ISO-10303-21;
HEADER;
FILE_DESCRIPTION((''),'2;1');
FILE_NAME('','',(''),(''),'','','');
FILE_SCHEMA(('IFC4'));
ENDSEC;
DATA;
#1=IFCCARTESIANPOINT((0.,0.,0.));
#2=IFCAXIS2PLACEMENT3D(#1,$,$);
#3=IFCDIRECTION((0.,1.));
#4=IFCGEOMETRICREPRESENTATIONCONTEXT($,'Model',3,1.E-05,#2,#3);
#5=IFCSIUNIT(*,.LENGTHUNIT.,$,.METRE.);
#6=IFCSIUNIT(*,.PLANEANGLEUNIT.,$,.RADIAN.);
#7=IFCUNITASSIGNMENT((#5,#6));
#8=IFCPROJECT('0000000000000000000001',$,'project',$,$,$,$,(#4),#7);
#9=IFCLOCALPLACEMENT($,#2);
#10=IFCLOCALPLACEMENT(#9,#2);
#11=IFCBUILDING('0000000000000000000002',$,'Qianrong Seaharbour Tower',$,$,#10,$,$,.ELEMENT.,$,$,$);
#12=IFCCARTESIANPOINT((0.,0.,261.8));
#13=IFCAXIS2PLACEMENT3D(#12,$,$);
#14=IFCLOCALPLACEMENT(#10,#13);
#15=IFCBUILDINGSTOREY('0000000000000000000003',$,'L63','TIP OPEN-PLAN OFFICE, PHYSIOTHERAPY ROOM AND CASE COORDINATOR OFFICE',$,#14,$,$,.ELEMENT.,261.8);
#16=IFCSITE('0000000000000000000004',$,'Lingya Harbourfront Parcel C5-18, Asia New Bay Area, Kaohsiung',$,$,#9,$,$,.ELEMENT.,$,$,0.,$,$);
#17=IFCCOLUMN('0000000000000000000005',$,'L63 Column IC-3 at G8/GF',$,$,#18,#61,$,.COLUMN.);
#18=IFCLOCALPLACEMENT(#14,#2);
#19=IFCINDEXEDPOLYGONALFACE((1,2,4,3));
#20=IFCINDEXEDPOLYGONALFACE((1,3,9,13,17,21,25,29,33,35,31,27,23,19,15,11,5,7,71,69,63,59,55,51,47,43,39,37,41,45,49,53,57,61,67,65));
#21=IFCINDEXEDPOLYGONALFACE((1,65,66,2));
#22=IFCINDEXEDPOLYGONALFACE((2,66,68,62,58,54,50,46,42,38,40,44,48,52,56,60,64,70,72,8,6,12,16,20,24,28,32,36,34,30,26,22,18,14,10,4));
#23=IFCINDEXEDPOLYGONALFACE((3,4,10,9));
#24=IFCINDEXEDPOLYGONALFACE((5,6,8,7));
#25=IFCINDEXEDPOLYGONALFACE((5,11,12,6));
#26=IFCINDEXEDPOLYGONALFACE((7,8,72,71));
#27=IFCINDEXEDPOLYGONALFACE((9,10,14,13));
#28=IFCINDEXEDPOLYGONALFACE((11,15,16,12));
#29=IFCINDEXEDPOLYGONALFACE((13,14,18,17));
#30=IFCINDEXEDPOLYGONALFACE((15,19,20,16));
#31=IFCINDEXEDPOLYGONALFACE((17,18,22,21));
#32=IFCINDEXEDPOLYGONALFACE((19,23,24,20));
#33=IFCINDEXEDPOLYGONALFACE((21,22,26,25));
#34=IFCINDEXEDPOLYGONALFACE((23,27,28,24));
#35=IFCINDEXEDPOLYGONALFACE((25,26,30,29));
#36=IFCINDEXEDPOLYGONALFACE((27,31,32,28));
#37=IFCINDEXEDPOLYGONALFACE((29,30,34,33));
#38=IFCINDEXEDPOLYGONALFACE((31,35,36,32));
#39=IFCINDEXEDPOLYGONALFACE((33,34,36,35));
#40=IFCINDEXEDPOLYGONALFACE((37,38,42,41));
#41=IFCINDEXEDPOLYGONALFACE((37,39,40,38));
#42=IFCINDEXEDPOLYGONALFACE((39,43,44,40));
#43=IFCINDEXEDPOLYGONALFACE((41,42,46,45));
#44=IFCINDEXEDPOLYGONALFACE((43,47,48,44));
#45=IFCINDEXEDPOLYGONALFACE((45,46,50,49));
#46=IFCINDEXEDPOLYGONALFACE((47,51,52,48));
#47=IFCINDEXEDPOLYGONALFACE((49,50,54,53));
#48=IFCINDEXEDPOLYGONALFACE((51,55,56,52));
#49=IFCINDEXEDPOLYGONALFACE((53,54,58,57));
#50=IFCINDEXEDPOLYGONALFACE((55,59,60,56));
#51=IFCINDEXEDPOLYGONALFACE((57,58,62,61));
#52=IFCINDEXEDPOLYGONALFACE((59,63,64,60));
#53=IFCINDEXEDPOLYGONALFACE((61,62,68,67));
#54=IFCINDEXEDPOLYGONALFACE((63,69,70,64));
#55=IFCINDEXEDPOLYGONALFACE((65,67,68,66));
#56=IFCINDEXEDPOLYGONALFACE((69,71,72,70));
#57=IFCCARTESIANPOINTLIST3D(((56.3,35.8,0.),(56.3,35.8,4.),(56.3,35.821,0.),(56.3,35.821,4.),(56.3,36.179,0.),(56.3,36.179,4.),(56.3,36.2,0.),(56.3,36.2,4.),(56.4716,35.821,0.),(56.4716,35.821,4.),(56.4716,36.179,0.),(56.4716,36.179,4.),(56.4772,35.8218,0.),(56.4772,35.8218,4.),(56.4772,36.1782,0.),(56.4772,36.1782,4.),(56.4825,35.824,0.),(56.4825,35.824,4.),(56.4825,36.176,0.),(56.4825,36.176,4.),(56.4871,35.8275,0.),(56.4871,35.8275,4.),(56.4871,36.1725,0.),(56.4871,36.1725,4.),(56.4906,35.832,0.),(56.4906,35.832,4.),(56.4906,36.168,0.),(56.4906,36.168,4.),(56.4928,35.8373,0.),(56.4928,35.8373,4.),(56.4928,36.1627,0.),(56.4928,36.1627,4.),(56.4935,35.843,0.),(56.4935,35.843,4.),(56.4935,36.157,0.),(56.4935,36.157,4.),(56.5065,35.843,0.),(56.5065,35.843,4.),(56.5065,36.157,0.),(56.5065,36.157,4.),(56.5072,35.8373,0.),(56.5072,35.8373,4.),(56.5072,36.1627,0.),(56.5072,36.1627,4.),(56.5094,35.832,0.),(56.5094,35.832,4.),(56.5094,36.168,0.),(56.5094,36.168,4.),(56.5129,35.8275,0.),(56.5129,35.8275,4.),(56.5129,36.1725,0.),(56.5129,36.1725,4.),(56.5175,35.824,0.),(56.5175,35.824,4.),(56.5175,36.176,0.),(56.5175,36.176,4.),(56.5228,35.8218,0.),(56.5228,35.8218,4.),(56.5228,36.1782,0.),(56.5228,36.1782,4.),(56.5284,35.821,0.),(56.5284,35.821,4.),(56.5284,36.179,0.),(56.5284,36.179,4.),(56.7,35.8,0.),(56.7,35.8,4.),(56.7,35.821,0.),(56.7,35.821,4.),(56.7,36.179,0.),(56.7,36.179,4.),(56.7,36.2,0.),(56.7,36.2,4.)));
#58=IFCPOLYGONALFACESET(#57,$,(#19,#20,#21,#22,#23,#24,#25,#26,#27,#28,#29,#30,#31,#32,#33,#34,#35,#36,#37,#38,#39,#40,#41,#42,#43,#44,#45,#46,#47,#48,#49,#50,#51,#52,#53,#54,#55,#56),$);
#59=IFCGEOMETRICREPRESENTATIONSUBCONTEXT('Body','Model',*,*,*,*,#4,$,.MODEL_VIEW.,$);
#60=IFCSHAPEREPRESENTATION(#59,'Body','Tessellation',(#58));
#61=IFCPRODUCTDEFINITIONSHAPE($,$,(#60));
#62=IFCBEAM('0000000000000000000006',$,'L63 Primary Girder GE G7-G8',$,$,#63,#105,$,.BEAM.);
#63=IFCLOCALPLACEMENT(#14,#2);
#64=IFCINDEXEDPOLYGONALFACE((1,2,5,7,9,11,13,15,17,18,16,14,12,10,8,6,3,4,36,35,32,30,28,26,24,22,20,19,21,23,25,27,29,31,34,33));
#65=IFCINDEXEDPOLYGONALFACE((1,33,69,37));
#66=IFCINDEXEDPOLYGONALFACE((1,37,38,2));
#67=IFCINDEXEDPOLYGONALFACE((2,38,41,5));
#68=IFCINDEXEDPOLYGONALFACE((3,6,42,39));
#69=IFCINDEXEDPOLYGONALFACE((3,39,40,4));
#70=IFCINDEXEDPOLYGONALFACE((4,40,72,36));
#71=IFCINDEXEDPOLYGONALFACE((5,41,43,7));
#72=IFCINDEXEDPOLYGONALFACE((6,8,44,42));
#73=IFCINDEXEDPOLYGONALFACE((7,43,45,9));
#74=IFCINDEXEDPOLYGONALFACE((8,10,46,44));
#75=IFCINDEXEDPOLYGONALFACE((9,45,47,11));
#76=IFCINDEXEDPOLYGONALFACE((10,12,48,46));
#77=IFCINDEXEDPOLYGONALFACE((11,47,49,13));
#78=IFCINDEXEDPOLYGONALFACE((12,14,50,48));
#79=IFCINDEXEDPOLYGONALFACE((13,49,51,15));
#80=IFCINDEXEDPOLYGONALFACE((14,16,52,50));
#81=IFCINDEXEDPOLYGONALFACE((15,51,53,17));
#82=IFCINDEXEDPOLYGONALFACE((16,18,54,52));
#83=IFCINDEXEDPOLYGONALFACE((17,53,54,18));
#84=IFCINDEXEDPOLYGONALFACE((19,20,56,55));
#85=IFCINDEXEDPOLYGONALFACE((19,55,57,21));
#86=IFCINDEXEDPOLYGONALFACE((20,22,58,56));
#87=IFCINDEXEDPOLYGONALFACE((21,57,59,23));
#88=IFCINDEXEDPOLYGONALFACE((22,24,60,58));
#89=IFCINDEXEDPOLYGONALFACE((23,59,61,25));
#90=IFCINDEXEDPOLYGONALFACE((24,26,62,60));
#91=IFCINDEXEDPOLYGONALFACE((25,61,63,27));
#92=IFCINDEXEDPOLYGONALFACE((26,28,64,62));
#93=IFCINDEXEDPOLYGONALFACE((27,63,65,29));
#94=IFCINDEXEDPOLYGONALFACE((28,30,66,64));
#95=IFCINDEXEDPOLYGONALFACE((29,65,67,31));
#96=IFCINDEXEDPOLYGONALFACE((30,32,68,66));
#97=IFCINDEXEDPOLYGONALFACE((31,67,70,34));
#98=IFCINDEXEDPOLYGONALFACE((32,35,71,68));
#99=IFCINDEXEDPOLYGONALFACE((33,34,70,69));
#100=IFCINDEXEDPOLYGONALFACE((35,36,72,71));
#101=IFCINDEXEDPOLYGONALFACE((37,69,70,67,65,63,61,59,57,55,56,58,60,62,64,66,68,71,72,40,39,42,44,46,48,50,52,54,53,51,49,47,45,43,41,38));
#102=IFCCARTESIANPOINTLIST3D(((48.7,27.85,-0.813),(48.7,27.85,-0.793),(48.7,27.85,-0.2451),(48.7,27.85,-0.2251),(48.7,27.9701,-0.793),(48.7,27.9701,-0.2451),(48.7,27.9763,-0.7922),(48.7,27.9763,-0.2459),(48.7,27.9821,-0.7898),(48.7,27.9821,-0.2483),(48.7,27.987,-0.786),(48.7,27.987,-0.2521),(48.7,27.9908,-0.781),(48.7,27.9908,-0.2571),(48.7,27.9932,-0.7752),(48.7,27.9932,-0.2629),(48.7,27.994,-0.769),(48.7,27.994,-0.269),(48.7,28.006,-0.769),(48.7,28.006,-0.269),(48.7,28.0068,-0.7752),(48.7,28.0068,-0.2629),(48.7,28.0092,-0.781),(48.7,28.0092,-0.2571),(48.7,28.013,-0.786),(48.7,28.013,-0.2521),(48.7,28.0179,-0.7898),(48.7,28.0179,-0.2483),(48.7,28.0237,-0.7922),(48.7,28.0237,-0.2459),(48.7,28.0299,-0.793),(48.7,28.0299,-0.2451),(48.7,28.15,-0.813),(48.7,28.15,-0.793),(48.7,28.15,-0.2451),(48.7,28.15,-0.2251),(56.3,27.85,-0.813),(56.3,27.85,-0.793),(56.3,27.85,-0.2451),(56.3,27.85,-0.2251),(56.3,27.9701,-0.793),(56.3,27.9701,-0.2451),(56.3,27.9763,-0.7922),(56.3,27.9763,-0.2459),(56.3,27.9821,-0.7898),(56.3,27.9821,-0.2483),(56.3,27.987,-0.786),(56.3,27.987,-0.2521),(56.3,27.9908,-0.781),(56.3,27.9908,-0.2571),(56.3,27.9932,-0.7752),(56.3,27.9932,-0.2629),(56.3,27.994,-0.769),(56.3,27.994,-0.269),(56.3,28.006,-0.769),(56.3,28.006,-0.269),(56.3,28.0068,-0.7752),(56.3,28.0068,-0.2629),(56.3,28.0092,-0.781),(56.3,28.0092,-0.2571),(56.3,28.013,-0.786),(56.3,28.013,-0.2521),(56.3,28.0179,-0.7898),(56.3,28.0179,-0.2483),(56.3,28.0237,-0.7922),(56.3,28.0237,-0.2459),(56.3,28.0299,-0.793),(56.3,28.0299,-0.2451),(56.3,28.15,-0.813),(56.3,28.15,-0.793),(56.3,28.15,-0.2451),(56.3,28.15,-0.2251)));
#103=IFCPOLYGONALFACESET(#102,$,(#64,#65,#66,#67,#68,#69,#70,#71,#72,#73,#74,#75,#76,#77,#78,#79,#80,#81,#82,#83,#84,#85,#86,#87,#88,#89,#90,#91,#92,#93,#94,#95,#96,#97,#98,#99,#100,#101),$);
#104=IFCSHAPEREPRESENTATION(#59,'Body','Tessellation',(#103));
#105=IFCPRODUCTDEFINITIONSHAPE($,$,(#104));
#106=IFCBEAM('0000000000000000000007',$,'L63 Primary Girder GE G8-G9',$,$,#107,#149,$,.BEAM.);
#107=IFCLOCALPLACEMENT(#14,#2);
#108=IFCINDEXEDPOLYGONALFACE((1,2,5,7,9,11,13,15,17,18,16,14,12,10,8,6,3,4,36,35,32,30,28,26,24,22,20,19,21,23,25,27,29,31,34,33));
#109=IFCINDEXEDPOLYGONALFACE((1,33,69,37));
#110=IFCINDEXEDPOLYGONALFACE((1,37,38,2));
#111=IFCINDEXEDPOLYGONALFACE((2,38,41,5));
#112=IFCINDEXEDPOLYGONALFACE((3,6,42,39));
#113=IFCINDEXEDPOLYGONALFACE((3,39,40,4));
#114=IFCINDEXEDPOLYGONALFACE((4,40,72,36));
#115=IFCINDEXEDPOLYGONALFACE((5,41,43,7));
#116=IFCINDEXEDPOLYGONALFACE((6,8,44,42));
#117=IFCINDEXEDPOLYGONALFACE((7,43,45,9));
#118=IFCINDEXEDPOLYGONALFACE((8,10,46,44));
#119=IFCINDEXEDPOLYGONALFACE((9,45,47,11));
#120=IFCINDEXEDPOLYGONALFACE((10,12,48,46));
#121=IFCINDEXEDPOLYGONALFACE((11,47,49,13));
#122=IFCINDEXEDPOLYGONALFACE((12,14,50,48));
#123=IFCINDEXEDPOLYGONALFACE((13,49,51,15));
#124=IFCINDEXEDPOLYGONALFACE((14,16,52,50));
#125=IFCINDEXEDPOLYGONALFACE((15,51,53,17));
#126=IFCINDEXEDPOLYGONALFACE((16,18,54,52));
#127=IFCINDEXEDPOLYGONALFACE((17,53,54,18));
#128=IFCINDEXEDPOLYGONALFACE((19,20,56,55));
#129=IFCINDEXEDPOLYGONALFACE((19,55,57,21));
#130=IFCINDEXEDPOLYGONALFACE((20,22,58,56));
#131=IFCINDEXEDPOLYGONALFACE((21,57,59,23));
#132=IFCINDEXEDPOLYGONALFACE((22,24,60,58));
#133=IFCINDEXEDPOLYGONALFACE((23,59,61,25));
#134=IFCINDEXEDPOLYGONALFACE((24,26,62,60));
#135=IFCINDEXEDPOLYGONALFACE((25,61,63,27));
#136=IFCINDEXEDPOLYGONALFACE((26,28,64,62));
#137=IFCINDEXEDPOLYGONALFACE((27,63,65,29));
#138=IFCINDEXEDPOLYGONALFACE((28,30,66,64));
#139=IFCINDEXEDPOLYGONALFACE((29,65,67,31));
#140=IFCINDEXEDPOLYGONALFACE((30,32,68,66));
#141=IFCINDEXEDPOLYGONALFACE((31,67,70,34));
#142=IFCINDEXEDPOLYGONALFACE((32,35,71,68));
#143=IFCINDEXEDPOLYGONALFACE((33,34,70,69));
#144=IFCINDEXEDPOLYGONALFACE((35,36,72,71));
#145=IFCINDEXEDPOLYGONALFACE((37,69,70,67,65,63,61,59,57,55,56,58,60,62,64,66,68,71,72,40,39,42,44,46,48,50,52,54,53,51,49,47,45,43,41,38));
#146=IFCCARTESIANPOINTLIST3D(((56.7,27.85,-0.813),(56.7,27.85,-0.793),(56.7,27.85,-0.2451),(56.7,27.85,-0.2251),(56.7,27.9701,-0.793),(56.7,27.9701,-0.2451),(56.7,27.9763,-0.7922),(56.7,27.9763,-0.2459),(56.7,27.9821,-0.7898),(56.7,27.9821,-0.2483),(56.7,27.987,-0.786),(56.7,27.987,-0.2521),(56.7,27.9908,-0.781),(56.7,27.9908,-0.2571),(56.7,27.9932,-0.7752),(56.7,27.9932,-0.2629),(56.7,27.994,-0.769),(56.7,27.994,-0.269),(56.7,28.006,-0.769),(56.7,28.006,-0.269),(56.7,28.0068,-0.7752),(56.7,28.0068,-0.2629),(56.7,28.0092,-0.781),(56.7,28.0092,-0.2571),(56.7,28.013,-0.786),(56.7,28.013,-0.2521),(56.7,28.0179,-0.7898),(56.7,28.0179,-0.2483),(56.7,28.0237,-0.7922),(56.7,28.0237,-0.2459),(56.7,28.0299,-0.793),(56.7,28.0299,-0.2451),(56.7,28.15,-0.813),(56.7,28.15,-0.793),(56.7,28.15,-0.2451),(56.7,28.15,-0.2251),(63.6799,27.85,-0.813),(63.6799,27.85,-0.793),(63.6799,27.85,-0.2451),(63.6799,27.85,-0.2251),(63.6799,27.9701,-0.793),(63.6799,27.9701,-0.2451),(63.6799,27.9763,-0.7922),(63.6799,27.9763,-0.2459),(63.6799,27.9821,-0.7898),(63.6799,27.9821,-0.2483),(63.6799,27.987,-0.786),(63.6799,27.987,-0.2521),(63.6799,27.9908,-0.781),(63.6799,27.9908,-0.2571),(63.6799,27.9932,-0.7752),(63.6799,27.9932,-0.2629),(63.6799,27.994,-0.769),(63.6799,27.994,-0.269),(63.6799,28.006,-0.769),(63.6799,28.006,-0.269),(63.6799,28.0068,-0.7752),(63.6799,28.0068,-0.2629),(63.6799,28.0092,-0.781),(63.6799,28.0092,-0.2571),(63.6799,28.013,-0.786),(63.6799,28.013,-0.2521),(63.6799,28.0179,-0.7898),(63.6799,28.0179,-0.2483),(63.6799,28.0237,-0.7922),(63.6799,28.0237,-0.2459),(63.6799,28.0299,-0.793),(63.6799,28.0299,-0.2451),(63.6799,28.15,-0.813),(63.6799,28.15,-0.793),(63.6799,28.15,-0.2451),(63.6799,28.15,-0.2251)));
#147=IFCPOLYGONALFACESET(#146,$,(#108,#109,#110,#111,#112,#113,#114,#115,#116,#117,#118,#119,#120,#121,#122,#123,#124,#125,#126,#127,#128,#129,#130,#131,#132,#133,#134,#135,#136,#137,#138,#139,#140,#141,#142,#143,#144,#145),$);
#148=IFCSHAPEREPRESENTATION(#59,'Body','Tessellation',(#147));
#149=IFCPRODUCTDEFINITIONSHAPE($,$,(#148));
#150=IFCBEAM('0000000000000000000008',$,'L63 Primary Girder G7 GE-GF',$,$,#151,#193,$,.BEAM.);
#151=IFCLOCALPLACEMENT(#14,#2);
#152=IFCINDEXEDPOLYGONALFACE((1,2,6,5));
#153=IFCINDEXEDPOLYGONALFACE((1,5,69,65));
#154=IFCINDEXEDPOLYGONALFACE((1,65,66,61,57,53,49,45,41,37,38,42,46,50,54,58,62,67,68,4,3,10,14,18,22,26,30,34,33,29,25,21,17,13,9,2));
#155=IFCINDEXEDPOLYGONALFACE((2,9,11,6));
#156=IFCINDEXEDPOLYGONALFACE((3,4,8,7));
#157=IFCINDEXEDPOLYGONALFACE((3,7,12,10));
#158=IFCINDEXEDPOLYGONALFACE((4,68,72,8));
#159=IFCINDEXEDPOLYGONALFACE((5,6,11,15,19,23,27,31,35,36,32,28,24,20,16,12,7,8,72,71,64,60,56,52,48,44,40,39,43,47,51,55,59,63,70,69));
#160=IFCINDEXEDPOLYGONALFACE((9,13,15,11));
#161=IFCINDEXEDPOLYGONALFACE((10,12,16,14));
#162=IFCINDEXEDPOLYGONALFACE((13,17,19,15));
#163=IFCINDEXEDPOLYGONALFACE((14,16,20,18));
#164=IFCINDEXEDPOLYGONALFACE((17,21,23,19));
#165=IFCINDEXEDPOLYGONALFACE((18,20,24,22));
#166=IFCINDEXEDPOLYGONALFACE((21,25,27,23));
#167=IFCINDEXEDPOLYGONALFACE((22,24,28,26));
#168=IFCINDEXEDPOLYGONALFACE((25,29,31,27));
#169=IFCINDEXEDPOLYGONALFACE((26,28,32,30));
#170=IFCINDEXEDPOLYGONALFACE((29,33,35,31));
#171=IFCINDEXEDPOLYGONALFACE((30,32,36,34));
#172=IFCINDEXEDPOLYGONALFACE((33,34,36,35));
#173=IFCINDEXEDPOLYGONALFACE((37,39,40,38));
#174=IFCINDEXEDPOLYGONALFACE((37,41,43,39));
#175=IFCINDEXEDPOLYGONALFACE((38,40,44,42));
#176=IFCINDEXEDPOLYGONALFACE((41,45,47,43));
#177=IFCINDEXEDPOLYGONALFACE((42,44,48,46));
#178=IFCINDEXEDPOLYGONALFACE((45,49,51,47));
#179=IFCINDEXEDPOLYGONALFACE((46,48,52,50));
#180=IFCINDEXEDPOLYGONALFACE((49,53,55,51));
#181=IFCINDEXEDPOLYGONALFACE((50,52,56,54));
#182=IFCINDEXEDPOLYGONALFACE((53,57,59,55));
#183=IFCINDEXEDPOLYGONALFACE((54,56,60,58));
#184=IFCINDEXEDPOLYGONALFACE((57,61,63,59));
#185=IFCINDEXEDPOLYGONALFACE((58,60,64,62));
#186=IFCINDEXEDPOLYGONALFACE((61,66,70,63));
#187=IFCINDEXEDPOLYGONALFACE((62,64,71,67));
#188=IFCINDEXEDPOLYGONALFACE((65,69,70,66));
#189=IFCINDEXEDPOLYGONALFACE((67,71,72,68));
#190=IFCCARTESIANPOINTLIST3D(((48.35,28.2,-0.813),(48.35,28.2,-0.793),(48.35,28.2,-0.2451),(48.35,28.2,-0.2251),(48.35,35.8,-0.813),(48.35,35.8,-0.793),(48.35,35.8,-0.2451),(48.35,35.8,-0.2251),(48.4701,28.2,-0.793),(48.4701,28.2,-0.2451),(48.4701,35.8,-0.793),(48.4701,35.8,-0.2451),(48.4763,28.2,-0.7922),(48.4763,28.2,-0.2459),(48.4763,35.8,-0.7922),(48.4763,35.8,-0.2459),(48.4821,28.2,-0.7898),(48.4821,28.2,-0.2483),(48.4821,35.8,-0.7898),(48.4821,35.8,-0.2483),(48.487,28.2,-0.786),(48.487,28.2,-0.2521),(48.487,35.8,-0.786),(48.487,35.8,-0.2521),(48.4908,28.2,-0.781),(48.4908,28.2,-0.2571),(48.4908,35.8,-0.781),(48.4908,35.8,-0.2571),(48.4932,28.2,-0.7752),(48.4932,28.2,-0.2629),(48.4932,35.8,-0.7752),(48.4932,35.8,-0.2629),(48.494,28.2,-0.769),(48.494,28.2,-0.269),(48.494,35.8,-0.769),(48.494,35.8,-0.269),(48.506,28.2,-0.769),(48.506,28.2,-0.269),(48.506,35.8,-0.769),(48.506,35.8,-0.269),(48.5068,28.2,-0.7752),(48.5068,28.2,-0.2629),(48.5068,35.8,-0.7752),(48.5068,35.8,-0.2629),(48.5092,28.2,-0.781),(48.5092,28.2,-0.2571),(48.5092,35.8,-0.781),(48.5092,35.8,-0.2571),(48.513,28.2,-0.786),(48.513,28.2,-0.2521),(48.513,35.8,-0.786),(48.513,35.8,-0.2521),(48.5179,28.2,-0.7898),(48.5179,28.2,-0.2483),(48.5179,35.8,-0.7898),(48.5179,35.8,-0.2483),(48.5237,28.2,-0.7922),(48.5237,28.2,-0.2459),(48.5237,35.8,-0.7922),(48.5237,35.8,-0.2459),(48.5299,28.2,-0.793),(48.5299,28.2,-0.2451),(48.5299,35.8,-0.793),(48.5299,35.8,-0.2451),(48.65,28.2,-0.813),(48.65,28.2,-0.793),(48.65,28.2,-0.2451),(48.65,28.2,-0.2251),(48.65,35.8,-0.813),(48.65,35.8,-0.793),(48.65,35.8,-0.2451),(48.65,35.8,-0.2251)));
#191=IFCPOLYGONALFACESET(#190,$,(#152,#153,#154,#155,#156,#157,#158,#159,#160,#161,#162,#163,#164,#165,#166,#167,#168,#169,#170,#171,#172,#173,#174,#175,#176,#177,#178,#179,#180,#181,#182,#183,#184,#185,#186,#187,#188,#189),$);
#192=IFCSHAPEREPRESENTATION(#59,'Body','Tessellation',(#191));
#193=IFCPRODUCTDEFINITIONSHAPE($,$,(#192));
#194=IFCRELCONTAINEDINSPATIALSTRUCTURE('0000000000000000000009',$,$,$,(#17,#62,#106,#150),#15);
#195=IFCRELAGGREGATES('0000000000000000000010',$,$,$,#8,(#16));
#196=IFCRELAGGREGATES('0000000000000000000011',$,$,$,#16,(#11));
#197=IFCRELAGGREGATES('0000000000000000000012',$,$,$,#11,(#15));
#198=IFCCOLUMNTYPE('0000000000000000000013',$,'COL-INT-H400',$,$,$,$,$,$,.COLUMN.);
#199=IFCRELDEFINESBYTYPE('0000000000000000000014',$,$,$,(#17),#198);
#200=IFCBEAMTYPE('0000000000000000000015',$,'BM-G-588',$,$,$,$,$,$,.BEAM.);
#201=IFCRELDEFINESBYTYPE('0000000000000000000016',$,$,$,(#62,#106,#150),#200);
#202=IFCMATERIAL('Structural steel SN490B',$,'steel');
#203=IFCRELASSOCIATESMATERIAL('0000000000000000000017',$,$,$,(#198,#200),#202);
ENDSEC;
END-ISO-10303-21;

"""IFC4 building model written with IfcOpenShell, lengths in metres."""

from ifc_helpers import new_model, si_unit, direction, frame, origin, origin_2d, place, context, subcontext, project, spatial, i_section, extrude, material, material_profile, profile_set, type_object, element, save


model = new_model("IFC4")

# Units and contexts
model_context = context("Model", 3, precision=1e-05, world=origin(), true_north=direction((0.0, 1.0)))
body_context = subcontext(model_context, "Body", "Model", "MODEL_VIEW")
ifc_project = project(units=[si_unit("LENGTHUNIT", "METRE"), si_unit("PLANEANGLEUNIT", "RADIAN")], contexts=[model_context])

# Site, building, storey
site_placement = place(None, origin())
site = spatial("IfcSite", under=ifc_project, at=site_placement, Name="Lingya Harbourfront Parcel C5-18, Asia New Bay Area, Kaohsiung", CompositionType="ELEMENT", RefElevation=0.0)
building_placement = place(site_placement, origin())
building = spatial("IfcBuilding", under=site, at=building_placement, Name="Qianrong Seaharbour Tower", CompositionType="ELEMENT")
storey_placement = place(building_placement, frame((0.0, 0.0, 261.8)))
storey = spatial("IfcBuildingStorey", under=building, at=storey_placement, Name="L63", Description="TIP OPEN-PLAN OFFICE, PHYSIOTHERAPY ROOM AND CASE COORDINATOR OFFICE", CompositionType="ELEMENT", Elevation=261.8)

# Column
ifc_material_1 = material(Name="Structural steel SN490B", Category="steel")
ifc_material_profile_1 = material_profile(ifc_material_1, i_section(OverallWidth=0.3999, OverallDepth=0.3999, WebThickness=0.0129, FlangeThickness=0.021, FilletRadius=0.022, at=origin_2d()), Name="H400x400x13x21")
ifc_profile_set_1 = profile_set([ifc_material_profile_1], Name="Structural steel SN490B")
column_type_1 = type_object("IfcColumnType", Name="COL-INT-H400", PredefinedType="COLUMN", material=ifc_profile_set_1)
for number, where, z_axis, x_axis, name in (
    (1, (56.5, 36.0, 0.0), (0.0, 0.0, 1.0), (1.0, 0.0, 0.0), "L63 Column IC-3 at G8/GF"),
):
    element("IfcColumn", number, at=place(storey_placement, frame(where, z_axis=z_axis, x_axis=x_axis)), inside=storey, type_object=column_type_1, Name=name, PredefinedType="COLUMN", context=body_context, shape_type="SweptSolid", body=[
        extrude(i_section(OverallWidth=0.3999, OverallDepth=0.3999, WebThickness=0.0129, FlangeThickness=0.021, FilletRadius=0.022, at=origin_2d()), origin(), (0.0, 0.0, 1.0), 4.0),
    ])

# Beams
ifc_material_profile_2 = material_profile(ifc_material_1, i_section(OverallWidth=0.3, OverallDepth=0.5879, WebThickness=0.012, FlangeThickness=0.02, FilletRadius=0.0239, at=origin_2d()), Name="H588x300x12x20")
ifc_profile_set_2 = profile_set([ifc_material_profile_2], Name="Structural steel SN490B")
beam_type_1 = type_object("IfcBeamType", Name="BM-G-588", PredefinedType="BEAM", material=ifc_profile_set_2)
beam_1_placement = place(storey_placement, frame((48.7, 28.0, -0.519), z_axis=(1.0, 0.0, 0.0), x_axis=(0.0, 1.0, 0.0)))
element("IfcBeam", 2, at=beam_1_placement, inside=storey, type_object=beam_type_1, Name="L63 Primary Girder GE G7-G8", PredefinedType="BEAM", context=body_context, shape_type="SweptSolid", body=[
    extrude(i_section(OverallWidth=0.3, OverallDepth=0.5879, WebThickness=0.012, FlangeThickness=0.02, FilletRadius=0.0239, at=origin_2d()), origin(), (0.0, 0.0, 1.0), 7.6001),
])
beam_2_placement = place(storey_placement, frame((56.7, 28.0, -0.519), z_axis=(1.0, 0.0, 0.0), x_axis=(0.0, 1.0, 0.0)))
element("IfcBeam", 3, at=beam_2_placement, inside=storey, type_object=beam_type_1, Name="L63 Primary Girder GE G8-G9", PredefinedType="BEAM", context=body_context, shape_type="SweptSolid", body=[
    extrude(i_section(OverallWidth=0.3, OverallDepth=0.5879, WebThickness=0.012, FlangeThickness=0.02, FilletRadius=0.0239, at=origin_2d()), origin(), (0.0, 0.0, 1.0), 6.98),
])
for number, where, z_axis, x_axis, name in (
    (4, (48.5, 28.2, -0.519), (0.0, 1.0, 0.0), (-1.0, 0.0, 0.0), "L63 Primary Girder G7 GE-GF"),
):
    element("IfcBeam", number, at=place(storey_placement, frame(where, z_axis=z_axis, x_axis=x_axis)), inside=storey, type_object=beam_type_1, Name=name, PredefinedType="BEAM", context=body_context, shape_type="SweptSolid", body=[
        extrude(i_section(OverallWidth=0.3, OverallDepth=0.5879, WebThickness=0.012, FlangeThickness=0.02, FilletRadius=0.0239, at=origin_2d()), origin(), (0.0, 0.0, 1.0), 7.6001),
    ])

save(model, "model.ifc")
